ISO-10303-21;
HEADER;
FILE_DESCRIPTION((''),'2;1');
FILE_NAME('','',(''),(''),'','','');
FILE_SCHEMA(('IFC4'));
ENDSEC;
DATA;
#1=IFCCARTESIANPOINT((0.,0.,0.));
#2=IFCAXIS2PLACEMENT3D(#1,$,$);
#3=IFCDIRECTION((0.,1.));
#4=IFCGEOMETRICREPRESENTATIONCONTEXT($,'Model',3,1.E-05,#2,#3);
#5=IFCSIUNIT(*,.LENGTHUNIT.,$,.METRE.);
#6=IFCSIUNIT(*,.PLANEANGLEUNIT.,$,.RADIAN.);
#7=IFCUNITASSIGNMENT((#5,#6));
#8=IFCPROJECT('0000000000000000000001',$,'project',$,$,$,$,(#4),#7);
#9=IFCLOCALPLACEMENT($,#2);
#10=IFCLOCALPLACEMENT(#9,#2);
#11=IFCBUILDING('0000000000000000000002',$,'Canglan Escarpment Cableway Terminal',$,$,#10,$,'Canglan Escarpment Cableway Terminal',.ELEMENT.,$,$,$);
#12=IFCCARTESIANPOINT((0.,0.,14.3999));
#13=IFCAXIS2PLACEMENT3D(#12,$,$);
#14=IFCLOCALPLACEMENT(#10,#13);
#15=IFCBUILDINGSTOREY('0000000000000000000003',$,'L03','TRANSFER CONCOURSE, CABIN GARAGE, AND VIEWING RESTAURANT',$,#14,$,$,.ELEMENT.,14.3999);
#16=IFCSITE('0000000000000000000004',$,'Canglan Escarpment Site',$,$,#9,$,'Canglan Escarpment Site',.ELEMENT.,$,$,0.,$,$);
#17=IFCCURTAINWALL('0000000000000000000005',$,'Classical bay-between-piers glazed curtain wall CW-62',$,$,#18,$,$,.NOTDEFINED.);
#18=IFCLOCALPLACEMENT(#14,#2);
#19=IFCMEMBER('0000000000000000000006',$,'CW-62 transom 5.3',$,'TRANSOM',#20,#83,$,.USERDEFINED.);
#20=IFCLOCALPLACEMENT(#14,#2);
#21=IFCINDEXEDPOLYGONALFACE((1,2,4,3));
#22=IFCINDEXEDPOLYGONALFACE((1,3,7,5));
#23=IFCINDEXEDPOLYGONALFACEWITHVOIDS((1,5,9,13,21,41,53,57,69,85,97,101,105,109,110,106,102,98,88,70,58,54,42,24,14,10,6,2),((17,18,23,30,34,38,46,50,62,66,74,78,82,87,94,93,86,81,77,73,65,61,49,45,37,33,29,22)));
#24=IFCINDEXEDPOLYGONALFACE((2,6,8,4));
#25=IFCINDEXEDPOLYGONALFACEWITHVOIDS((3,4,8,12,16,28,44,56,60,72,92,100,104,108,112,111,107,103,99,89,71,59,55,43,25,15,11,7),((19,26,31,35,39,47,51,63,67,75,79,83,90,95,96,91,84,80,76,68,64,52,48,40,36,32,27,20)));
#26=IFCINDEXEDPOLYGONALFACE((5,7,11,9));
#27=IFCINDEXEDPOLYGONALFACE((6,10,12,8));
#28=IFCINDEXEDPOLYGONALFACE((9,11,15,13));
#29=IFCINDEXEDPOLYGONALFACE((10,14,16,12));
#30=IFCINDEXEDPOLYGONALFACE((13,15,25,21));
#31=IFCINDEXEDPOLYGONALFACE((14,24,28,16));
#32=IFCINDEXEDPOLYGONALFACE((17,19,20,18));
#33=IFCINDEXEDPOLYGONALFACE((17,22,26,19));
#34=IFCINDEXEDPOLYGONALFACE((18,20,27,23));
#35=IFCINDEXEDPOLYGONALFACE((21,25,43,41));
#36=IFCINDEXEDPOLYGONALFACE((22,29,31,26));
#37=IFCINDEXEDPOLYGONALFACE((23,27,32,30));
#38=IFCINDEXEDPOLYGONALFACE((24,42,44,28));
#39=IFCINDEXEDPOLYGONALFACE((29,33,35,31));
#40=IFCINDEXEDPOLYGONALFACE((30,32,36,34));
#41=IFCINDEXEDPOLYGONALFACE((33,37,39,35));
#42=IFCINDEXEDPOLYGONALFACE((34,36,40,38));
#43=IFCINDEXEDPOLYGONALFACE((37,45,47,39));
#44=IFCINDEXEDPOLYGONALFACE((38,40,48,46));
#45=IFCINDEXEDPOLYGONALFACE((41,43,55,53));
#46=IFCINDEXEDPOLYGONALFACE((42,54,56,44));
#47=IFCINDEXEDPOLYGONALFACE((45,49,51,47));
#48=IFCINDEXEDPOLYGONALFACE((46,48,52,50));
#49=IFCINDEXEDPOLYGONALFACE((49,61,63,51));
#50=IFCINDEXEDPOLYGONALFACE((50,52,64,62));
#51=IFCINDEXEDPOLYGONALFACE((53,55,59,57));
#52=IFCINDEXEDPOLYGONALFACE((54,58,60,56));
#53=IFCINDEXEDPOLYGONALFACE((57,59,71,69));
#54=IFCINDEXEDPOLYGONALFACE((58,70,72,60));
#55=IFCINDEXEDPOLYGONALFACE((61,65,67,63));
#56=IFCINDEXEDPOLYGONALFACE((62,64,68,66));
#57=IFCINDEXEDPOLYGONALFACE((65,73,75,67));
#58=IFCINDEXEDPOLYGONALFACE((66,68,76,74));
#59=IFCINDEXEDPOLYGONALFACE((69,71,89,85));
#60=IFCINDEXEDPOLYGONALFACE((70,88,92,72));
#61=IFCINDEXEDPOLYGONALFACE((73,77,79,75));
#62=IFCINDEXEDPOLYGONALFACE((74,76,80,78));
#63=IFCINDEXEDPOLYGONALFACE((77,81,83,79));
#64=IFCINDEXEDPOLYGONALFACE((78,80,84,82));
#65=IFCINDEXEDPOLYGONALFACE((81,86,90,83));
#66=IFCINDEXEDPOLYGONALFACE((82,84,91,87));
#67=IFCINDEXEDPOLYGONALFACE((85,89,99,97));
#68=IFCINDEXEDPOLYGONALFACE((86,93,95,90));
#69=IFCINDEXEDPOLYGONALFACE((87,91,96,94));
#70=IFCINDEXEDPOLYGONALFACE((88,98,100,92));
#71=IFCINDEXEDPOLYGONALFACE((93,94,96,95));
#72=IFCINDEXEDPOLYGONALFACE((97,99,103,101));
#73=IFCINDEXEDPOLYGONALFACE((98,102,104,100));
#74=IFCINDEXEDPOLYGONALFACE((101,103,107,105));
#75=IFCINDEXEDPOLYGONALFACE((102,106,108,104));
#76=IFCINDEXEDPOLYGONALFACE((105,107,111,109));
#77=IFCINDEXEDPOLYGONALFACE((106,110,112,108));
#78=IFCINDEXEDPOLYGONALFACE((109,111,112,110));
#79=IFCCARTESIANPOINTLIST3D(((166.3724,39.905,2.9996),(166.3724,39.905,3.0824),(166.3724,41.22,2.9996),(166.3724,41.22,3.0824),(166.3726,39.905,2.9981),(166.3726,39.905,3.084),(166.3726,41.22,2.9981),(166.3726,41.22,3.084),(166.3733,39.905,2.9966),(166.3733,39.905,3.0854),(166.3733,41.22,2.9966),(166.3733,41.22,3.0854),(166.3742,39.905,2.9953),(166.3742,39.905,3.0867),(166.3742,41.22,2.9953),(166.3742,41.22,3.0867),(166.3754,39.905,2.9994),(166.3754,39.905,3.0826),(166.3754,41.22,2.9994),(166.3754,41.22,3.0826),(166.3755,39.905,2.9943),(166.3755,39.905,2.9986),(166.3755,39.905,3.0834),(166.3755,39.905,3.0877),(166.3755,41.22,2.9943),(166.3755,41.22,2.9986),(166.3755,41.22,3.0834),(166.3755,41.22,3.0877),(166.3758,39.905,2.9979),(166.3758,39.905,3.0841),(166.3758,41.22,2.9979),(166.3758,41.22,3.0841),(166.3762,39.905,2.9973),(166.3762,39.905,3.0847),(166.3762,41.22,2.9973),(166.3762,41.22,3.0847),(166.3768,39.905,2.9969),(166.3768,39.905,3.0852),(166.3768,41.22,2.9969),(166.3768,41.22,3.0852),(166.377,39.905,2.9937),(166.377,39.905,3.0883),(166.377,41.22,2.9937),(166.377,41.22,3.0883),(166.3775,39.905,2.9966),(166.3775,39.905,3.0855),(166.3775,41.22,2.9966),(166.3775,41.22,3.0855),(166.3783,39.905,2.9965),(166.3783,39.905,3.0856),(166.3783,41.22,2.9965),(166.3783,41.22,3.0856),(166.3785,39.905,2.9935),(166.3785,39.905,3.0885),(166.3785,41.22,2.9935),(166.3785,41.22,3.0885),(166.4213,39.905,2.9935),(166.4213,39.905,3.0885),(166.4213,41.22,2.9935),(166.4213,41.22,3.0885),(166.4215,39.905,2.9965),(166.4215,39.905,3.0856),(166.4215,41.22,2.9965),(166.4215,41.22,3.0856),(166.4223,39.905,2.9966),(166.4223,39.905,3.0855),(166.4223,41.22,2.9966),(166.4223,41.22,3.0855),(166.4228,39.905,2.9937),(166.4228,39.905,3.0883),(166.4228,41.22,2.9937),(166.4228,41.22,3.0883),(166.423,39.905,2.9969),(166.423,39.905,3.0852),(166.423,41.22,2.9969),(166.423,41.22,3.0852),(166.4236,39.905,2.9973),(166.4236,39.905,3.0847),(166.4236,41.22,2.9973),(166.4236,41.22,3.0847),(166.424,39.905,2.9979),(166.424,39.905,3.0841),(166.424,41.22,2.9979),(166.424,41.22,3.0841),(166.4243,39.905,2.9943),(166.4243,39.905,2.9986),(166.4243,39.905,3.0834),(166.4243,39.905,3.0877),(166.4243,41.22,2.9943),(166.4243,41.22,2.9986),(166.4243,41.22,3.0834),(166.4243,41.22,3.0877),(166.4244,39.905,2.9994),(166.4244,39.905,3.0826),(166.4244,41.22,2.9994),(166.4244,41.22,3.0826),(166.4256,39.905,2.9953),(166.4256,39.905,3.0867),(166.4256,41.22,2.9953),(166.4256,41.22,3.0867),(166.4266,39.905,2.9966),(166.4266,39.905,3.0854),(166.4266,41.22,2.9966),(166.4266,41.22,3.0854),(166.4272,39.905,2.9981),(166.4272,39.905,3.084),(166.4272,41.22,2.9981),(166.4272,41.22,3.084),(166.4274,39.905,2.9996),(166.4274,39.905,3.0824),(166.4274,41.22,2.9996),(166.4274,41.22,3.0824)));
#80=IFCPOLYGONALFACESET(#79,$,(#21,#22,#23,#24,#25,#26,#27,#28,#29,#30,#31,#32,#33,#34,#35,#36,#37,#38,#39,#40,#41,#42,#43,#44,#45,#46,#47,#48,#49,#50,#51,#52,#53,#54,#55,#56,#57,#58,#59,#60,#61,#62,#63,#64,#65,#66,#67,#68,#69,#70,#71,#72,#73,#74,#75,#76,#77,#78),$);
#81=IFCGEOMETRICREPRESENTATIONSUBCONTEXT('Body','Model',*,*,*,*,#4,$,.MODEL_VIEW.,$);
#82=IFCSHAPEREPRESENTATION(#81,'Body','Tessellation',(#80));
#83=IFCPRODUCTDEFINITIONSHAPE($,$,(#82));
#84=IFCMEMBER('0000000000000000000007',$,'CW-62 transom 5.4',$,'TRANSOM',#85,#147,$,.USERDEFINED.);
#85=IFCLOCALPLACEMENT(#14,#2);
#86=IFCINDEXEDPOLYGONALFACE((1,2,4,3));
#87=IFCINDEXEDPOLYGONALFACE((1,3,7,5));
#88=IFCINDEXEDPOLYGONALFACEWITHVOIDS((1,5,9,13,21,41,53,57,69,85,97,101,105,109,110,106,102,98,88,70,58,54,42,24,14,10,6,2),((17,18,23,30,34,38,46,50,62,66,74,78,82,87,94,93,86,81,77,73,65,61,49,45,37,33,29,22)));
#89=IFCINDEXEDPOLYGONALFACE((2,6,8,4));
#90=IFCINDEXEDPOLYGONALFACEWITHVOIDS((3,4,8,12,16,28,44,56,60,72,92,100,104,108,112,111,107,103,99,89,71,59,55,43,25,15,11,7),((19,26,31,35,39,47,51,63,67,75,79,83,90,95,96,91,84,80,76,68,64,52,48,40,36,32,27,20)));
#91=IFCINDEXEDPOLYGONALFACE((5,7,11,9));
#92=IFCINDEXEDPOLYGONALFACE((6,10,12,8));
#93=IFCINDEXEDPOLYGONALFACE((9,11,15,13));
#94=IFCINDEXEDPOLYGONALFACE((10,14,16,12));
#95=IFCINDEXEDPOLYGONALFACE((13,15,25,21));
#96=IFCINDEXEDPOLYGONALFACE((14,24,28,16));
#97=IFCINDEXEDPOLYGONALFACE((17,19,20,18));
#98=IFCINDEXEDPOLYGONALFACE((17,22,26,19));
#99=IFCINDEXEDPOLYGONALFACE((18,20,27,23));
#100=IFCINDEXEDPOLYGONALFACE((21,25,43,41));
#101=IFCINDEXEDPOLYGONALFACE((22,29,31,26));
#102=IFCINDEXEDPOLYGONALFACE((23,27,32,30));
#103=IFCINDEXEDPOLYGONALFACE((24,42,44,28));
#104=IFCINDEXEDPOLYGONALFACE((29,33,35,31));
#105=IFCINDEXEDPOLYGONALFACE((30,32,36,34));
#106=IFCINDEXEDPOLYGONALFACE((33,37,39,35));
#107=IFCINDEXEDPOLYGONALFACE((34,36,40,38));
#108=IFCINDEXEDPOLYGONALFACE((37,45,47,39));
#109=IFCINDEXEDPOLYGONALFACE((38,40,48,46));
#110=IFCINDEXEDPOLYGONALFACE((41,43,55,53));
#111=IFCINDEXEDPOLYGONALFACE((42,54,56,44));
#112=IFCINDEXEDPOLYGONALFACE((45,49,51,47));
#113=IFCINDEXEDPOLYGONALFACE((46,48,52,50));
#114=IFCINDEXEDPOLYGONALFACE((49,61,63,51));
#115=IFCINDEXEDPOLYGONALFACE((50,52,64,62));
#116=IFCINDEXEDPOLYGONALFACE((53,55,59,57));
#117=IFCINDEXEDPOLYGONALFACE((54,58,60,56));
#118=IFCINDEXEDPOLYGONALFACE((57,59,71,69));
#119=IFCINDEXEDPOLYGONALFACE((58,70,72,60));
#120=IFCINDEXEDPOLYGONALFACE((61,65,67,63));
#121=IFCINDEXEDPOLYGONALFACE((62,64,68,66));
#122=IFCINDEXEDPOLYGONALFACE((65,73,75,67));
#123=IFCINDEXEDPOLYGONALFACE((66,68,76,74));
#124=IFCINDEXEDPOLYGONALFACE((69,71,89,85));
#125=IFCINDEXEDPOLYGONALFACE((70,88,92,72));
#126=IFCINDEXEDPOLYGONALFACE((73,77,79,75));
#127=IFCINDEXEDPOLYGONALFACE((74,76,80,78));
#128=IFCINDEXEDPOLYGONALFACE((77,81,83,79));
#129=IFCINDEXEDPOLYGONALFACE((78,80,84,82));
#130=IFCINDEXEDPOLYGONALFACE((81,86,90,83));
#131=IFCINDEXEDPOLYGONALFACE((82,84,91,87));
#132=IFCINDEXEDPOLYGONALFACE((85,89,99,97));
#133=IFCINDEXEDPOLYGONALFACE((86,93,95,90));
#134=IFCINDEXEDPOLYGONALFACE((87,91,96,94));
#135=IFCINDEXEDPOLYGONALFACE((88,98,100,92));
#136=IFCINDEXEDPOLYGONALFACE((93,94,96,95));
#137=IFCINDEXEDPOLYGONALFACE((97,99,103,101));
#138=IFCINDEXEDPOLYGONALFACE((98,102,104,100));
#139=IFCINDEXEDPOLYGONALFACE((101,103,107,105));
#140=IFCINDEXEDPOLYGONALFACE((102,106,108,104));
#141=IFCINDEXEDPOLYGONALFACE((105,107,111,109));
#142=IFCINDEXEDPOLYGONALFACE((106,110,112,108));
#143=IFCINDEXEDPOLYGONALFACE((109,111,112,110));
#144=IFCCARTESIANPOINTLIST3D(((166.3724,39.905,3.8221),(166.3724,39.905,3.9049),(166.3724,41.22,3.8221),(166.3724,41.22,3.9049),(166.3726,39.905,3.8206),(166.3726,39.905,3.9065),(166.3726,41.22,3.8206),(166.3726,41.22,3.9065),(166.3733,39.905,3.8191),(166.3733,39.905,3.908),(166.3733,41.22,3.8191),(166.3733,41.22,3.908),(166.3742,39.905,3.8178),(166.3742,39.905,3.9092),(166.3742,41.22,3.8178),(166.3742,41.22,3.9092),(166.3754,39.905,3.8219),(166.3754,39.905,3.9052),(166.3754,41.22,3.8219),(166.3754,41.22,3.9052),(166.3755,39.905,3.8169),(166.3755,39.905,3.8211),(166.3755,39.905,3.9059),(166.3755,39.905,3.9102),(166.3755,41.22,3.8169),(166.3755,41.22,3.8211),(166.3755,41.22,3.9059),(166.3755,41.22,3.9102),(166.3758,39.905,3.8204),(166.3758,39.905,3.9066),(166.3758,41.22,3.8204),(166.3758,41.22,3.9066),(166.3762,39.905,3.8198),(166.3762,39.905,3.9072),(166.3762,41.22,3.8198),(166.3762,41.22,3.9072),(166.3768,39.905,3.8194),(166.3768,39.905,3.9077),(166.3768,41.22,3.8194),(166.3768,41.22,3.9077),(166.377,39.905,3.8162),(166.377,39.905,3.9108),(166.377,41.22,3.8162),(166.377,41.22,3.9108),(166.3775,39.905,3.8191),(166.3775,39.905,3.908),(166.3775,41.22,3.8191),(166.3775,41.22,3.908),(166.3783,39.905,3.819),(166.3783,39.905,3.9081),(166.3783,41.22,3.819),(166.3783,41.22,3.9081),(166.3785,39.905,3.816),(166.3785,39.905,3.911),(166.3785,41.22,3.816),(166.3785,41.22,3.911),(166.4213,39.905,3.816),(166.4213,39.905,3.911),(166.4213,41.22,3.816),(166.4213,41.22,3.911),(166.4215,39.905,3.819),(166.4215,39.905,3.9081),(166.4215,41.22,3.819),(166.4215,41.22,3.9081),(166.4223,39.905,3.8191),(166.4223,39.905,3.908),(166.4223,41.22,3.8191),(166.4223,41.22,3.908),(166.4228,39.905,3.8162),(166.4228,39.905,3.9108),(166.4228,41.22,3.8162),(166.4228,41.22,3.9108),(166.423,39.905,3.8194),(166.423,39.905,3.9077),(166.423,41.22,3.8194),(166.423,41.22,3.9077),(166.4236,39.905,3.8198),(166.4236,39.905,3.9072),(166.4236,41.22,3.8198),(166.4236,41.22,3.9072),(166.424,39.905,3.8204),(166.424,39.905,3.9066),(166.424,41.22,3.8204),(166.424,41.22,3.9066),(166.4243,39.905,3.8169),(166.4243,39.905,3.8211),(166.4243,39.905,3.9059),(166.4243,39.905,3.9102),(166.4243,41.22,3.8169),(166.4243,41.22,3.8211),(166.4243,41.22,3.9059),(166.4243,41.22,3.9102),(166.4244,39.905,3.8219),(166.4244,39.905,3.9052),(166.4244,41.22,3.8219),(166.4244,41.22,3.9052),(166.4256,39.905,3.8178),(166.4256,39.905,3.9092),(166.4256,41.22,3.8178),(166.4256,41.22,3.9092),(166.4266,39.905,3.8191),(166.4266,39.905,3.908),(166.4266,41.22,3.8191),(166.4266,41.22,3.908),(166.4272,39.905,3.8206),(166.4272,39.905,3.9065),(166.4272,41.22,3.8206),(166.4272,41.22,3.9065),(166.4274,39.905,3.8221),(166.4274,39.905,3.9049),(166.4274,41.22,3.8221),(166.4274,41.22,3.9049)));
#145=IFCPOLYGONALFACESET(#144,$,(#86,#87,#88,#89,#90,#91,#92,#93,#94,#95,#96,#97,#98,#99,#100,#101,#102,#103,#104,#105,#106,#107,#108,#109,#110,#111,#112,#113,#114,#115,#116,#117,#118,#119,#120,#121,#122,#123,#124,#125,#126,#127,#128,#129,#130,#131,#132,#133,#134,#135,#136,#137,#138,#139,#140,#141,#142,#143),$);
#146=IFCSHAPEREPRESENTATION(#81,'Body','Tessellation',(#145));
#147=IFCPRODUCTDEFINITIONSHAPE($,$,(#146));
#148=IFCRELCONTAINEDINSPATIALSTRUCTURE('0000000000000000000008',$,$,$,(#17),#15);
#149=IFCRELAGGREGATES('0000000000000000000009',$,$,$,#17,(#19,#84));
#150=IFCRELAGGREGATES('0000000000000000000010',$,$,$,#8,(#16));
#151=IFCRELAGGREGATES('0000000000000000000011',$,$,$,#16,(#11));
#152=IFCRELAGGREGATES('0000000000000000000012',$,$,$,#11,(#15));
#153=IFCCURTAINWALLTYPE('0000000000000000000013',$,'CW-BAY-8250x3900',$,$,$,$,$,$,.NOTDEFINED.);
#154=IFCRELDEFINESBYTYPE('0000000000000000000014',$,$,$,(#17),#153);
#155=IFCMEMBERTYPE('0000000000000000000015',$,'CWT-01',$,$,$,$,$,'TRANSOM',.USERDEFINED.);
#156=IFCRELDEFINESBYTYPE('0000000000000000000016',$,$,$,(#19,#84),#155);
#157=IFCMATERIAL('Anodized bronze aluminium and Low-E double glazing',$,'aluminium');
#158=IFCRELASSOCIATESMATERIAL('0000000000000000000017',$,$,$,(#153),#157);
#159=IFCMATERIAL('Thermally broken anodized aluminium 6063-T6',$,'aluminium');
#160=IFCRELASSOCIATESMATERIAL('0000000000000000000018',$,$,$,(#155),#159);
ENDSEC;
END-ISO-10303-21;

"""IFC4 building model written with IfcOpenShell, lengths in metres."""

from ifc_helpers import new_model, si_unit, direction, frame, origin, origin_2d, place, context, subcontext, project, spatial, hollow_rectangle, extrude, material, material_profile, profile_set, type_object, element, aggregate, save


model = new_model("IFC4")

# Units and contexts
model_context = context("Model", 3, precision=1e-05, world=origin(), true_north=direction((0.0, 1.0)))
body_context = subcontext(model_context, "Body", "Model", "MODEL_VIEW")
ifc_project = project(units=[si_unit("LENGTHUNIT", "METRE"), si_unit("PLANEANGLEUNIT", "RADIAN")], contexts=[model_context])

# Site, building, storey
site_placement = place(None, origin())
site = spatial("IfcSite", under=ifc_project, at=site_placement, Name="Canglan Escarpment Site", LongName="Canglan Escarpment Site", CompositionType="ELEMENT", RefElevation=0.0)
building_placement = place(site_placement, origin())
building = spatial("IfcBuilding", under=site, at=building_placement, Name="Canglan Escarpment Cableway Terminal", LongName="Canglan Escarpment Cableway Terminal", CompositionType="ELEMENT")
storey_placement = place(building_placement, frame((0.0, 0.0, 14.3999)))
storey = spatial("IfcBuildingStorey", under=building, at=storey_placement, Name="L03", Description="TRANSFER CONCOURSE, CABIN GARAGE, AND VIEWING RESTAURANT", CompositionType="ELEMENT", Elevation=14.3999)

# Curtain wall, members
ifc_material_1 = material(Name="Anodized bronze aluminium and Low-E double glazing", Category="aluminium")
curtain_wall_type = type_object("IfcCurtainWallType", Name="CW-BAY-8250x3900", PredefinedType="NOTDEFINED", material=ifc_material_1)
curtain_wall_placement = place(storey_placement, origin())
curtain_wall = element("IfcCurtainWall", 1, at=curtain_wall_placement, inside=storey, type_object=curtain_wall_type, Name="Classical bay-between-piers glazed curtain wall CW-62", PredefinedType="NOTDEFINED")
ifc_material_2 = material(Name="Thermally broken anodized aluminium 6063-T6", Category="aluminium")
ifc_material_profile_1 = material_profile(ifc_material_2, hollow_rectangle(XDim=0.0549, YDim=0.095, WallThickness=0.0029, InnerFilletRadius=0.0029, OuterFilletRadius=0.0061, at=origin_2d()), Name="ALU-TRAN 55x95x3")
ifc_profile_set_1 = profile_set([ifc_material_profile_1], Name="Thermally broken anodized aluminium 6063-T6")
member_type_1 = type_object("IfcMemberType", Name="CWT-01", ElementType="TRANSOM", PredefinedType="USERDEFINED", material=ifc_profile_set_1)
member_1_placement = place(storey_placement, frame((166.3999, 39.905, 3.041), z_axis=(0.0, 1.0, 0.0), x_axis=(-1.0, 0.0, 0.0)))
member_1 = element("IfcMember", 2, at=member_1_placement, type_object=member_type_1, Name="CW-62 transom 5.3", ObjectType="TRANSOM", PredefinedType="USERDEFINED", context=body_context, shape_type="SweptSolid", body=[
    extrude(hollow_rectangle(XDim=0.0549, YDim=0.095, WallThickness=0.0029, InnerFilletRadius=0.0029, OuterFilletRadius=0.0061, at=origin_2d()), origin(), (0.0, 0.0, 1.0), 1.3149),
])
member_2_placement = place(storey_placement, frame((166.3999, 39.905, 3.8635), z_axis=(0.0, 1.0, 0.0), x_axis=(-1.0, 0.0, 0.0)))
member_2 = element("IfcMember", 3, at=member_2_placement, type_object=member_type_1, Name="CW-62 transom 5.4", ObjectType="TRANSOM", PredefinedType="USERDEFINED", context=body_context, shape_type="SweptSolid", body=[
    extrude(hollow_rectangle(XDim=0.0549, YDim=0.095, WallThickness=0.0029, InnerFilletRadius=0.0029, OuterFilletRadius=0.0061, at=origin_2d()), origin(), (0.0, 0.0, 1.0), 1.3149),
])
aggregate(curtain_wall, [member_1, member_2])

save(model, "model.ifc")
